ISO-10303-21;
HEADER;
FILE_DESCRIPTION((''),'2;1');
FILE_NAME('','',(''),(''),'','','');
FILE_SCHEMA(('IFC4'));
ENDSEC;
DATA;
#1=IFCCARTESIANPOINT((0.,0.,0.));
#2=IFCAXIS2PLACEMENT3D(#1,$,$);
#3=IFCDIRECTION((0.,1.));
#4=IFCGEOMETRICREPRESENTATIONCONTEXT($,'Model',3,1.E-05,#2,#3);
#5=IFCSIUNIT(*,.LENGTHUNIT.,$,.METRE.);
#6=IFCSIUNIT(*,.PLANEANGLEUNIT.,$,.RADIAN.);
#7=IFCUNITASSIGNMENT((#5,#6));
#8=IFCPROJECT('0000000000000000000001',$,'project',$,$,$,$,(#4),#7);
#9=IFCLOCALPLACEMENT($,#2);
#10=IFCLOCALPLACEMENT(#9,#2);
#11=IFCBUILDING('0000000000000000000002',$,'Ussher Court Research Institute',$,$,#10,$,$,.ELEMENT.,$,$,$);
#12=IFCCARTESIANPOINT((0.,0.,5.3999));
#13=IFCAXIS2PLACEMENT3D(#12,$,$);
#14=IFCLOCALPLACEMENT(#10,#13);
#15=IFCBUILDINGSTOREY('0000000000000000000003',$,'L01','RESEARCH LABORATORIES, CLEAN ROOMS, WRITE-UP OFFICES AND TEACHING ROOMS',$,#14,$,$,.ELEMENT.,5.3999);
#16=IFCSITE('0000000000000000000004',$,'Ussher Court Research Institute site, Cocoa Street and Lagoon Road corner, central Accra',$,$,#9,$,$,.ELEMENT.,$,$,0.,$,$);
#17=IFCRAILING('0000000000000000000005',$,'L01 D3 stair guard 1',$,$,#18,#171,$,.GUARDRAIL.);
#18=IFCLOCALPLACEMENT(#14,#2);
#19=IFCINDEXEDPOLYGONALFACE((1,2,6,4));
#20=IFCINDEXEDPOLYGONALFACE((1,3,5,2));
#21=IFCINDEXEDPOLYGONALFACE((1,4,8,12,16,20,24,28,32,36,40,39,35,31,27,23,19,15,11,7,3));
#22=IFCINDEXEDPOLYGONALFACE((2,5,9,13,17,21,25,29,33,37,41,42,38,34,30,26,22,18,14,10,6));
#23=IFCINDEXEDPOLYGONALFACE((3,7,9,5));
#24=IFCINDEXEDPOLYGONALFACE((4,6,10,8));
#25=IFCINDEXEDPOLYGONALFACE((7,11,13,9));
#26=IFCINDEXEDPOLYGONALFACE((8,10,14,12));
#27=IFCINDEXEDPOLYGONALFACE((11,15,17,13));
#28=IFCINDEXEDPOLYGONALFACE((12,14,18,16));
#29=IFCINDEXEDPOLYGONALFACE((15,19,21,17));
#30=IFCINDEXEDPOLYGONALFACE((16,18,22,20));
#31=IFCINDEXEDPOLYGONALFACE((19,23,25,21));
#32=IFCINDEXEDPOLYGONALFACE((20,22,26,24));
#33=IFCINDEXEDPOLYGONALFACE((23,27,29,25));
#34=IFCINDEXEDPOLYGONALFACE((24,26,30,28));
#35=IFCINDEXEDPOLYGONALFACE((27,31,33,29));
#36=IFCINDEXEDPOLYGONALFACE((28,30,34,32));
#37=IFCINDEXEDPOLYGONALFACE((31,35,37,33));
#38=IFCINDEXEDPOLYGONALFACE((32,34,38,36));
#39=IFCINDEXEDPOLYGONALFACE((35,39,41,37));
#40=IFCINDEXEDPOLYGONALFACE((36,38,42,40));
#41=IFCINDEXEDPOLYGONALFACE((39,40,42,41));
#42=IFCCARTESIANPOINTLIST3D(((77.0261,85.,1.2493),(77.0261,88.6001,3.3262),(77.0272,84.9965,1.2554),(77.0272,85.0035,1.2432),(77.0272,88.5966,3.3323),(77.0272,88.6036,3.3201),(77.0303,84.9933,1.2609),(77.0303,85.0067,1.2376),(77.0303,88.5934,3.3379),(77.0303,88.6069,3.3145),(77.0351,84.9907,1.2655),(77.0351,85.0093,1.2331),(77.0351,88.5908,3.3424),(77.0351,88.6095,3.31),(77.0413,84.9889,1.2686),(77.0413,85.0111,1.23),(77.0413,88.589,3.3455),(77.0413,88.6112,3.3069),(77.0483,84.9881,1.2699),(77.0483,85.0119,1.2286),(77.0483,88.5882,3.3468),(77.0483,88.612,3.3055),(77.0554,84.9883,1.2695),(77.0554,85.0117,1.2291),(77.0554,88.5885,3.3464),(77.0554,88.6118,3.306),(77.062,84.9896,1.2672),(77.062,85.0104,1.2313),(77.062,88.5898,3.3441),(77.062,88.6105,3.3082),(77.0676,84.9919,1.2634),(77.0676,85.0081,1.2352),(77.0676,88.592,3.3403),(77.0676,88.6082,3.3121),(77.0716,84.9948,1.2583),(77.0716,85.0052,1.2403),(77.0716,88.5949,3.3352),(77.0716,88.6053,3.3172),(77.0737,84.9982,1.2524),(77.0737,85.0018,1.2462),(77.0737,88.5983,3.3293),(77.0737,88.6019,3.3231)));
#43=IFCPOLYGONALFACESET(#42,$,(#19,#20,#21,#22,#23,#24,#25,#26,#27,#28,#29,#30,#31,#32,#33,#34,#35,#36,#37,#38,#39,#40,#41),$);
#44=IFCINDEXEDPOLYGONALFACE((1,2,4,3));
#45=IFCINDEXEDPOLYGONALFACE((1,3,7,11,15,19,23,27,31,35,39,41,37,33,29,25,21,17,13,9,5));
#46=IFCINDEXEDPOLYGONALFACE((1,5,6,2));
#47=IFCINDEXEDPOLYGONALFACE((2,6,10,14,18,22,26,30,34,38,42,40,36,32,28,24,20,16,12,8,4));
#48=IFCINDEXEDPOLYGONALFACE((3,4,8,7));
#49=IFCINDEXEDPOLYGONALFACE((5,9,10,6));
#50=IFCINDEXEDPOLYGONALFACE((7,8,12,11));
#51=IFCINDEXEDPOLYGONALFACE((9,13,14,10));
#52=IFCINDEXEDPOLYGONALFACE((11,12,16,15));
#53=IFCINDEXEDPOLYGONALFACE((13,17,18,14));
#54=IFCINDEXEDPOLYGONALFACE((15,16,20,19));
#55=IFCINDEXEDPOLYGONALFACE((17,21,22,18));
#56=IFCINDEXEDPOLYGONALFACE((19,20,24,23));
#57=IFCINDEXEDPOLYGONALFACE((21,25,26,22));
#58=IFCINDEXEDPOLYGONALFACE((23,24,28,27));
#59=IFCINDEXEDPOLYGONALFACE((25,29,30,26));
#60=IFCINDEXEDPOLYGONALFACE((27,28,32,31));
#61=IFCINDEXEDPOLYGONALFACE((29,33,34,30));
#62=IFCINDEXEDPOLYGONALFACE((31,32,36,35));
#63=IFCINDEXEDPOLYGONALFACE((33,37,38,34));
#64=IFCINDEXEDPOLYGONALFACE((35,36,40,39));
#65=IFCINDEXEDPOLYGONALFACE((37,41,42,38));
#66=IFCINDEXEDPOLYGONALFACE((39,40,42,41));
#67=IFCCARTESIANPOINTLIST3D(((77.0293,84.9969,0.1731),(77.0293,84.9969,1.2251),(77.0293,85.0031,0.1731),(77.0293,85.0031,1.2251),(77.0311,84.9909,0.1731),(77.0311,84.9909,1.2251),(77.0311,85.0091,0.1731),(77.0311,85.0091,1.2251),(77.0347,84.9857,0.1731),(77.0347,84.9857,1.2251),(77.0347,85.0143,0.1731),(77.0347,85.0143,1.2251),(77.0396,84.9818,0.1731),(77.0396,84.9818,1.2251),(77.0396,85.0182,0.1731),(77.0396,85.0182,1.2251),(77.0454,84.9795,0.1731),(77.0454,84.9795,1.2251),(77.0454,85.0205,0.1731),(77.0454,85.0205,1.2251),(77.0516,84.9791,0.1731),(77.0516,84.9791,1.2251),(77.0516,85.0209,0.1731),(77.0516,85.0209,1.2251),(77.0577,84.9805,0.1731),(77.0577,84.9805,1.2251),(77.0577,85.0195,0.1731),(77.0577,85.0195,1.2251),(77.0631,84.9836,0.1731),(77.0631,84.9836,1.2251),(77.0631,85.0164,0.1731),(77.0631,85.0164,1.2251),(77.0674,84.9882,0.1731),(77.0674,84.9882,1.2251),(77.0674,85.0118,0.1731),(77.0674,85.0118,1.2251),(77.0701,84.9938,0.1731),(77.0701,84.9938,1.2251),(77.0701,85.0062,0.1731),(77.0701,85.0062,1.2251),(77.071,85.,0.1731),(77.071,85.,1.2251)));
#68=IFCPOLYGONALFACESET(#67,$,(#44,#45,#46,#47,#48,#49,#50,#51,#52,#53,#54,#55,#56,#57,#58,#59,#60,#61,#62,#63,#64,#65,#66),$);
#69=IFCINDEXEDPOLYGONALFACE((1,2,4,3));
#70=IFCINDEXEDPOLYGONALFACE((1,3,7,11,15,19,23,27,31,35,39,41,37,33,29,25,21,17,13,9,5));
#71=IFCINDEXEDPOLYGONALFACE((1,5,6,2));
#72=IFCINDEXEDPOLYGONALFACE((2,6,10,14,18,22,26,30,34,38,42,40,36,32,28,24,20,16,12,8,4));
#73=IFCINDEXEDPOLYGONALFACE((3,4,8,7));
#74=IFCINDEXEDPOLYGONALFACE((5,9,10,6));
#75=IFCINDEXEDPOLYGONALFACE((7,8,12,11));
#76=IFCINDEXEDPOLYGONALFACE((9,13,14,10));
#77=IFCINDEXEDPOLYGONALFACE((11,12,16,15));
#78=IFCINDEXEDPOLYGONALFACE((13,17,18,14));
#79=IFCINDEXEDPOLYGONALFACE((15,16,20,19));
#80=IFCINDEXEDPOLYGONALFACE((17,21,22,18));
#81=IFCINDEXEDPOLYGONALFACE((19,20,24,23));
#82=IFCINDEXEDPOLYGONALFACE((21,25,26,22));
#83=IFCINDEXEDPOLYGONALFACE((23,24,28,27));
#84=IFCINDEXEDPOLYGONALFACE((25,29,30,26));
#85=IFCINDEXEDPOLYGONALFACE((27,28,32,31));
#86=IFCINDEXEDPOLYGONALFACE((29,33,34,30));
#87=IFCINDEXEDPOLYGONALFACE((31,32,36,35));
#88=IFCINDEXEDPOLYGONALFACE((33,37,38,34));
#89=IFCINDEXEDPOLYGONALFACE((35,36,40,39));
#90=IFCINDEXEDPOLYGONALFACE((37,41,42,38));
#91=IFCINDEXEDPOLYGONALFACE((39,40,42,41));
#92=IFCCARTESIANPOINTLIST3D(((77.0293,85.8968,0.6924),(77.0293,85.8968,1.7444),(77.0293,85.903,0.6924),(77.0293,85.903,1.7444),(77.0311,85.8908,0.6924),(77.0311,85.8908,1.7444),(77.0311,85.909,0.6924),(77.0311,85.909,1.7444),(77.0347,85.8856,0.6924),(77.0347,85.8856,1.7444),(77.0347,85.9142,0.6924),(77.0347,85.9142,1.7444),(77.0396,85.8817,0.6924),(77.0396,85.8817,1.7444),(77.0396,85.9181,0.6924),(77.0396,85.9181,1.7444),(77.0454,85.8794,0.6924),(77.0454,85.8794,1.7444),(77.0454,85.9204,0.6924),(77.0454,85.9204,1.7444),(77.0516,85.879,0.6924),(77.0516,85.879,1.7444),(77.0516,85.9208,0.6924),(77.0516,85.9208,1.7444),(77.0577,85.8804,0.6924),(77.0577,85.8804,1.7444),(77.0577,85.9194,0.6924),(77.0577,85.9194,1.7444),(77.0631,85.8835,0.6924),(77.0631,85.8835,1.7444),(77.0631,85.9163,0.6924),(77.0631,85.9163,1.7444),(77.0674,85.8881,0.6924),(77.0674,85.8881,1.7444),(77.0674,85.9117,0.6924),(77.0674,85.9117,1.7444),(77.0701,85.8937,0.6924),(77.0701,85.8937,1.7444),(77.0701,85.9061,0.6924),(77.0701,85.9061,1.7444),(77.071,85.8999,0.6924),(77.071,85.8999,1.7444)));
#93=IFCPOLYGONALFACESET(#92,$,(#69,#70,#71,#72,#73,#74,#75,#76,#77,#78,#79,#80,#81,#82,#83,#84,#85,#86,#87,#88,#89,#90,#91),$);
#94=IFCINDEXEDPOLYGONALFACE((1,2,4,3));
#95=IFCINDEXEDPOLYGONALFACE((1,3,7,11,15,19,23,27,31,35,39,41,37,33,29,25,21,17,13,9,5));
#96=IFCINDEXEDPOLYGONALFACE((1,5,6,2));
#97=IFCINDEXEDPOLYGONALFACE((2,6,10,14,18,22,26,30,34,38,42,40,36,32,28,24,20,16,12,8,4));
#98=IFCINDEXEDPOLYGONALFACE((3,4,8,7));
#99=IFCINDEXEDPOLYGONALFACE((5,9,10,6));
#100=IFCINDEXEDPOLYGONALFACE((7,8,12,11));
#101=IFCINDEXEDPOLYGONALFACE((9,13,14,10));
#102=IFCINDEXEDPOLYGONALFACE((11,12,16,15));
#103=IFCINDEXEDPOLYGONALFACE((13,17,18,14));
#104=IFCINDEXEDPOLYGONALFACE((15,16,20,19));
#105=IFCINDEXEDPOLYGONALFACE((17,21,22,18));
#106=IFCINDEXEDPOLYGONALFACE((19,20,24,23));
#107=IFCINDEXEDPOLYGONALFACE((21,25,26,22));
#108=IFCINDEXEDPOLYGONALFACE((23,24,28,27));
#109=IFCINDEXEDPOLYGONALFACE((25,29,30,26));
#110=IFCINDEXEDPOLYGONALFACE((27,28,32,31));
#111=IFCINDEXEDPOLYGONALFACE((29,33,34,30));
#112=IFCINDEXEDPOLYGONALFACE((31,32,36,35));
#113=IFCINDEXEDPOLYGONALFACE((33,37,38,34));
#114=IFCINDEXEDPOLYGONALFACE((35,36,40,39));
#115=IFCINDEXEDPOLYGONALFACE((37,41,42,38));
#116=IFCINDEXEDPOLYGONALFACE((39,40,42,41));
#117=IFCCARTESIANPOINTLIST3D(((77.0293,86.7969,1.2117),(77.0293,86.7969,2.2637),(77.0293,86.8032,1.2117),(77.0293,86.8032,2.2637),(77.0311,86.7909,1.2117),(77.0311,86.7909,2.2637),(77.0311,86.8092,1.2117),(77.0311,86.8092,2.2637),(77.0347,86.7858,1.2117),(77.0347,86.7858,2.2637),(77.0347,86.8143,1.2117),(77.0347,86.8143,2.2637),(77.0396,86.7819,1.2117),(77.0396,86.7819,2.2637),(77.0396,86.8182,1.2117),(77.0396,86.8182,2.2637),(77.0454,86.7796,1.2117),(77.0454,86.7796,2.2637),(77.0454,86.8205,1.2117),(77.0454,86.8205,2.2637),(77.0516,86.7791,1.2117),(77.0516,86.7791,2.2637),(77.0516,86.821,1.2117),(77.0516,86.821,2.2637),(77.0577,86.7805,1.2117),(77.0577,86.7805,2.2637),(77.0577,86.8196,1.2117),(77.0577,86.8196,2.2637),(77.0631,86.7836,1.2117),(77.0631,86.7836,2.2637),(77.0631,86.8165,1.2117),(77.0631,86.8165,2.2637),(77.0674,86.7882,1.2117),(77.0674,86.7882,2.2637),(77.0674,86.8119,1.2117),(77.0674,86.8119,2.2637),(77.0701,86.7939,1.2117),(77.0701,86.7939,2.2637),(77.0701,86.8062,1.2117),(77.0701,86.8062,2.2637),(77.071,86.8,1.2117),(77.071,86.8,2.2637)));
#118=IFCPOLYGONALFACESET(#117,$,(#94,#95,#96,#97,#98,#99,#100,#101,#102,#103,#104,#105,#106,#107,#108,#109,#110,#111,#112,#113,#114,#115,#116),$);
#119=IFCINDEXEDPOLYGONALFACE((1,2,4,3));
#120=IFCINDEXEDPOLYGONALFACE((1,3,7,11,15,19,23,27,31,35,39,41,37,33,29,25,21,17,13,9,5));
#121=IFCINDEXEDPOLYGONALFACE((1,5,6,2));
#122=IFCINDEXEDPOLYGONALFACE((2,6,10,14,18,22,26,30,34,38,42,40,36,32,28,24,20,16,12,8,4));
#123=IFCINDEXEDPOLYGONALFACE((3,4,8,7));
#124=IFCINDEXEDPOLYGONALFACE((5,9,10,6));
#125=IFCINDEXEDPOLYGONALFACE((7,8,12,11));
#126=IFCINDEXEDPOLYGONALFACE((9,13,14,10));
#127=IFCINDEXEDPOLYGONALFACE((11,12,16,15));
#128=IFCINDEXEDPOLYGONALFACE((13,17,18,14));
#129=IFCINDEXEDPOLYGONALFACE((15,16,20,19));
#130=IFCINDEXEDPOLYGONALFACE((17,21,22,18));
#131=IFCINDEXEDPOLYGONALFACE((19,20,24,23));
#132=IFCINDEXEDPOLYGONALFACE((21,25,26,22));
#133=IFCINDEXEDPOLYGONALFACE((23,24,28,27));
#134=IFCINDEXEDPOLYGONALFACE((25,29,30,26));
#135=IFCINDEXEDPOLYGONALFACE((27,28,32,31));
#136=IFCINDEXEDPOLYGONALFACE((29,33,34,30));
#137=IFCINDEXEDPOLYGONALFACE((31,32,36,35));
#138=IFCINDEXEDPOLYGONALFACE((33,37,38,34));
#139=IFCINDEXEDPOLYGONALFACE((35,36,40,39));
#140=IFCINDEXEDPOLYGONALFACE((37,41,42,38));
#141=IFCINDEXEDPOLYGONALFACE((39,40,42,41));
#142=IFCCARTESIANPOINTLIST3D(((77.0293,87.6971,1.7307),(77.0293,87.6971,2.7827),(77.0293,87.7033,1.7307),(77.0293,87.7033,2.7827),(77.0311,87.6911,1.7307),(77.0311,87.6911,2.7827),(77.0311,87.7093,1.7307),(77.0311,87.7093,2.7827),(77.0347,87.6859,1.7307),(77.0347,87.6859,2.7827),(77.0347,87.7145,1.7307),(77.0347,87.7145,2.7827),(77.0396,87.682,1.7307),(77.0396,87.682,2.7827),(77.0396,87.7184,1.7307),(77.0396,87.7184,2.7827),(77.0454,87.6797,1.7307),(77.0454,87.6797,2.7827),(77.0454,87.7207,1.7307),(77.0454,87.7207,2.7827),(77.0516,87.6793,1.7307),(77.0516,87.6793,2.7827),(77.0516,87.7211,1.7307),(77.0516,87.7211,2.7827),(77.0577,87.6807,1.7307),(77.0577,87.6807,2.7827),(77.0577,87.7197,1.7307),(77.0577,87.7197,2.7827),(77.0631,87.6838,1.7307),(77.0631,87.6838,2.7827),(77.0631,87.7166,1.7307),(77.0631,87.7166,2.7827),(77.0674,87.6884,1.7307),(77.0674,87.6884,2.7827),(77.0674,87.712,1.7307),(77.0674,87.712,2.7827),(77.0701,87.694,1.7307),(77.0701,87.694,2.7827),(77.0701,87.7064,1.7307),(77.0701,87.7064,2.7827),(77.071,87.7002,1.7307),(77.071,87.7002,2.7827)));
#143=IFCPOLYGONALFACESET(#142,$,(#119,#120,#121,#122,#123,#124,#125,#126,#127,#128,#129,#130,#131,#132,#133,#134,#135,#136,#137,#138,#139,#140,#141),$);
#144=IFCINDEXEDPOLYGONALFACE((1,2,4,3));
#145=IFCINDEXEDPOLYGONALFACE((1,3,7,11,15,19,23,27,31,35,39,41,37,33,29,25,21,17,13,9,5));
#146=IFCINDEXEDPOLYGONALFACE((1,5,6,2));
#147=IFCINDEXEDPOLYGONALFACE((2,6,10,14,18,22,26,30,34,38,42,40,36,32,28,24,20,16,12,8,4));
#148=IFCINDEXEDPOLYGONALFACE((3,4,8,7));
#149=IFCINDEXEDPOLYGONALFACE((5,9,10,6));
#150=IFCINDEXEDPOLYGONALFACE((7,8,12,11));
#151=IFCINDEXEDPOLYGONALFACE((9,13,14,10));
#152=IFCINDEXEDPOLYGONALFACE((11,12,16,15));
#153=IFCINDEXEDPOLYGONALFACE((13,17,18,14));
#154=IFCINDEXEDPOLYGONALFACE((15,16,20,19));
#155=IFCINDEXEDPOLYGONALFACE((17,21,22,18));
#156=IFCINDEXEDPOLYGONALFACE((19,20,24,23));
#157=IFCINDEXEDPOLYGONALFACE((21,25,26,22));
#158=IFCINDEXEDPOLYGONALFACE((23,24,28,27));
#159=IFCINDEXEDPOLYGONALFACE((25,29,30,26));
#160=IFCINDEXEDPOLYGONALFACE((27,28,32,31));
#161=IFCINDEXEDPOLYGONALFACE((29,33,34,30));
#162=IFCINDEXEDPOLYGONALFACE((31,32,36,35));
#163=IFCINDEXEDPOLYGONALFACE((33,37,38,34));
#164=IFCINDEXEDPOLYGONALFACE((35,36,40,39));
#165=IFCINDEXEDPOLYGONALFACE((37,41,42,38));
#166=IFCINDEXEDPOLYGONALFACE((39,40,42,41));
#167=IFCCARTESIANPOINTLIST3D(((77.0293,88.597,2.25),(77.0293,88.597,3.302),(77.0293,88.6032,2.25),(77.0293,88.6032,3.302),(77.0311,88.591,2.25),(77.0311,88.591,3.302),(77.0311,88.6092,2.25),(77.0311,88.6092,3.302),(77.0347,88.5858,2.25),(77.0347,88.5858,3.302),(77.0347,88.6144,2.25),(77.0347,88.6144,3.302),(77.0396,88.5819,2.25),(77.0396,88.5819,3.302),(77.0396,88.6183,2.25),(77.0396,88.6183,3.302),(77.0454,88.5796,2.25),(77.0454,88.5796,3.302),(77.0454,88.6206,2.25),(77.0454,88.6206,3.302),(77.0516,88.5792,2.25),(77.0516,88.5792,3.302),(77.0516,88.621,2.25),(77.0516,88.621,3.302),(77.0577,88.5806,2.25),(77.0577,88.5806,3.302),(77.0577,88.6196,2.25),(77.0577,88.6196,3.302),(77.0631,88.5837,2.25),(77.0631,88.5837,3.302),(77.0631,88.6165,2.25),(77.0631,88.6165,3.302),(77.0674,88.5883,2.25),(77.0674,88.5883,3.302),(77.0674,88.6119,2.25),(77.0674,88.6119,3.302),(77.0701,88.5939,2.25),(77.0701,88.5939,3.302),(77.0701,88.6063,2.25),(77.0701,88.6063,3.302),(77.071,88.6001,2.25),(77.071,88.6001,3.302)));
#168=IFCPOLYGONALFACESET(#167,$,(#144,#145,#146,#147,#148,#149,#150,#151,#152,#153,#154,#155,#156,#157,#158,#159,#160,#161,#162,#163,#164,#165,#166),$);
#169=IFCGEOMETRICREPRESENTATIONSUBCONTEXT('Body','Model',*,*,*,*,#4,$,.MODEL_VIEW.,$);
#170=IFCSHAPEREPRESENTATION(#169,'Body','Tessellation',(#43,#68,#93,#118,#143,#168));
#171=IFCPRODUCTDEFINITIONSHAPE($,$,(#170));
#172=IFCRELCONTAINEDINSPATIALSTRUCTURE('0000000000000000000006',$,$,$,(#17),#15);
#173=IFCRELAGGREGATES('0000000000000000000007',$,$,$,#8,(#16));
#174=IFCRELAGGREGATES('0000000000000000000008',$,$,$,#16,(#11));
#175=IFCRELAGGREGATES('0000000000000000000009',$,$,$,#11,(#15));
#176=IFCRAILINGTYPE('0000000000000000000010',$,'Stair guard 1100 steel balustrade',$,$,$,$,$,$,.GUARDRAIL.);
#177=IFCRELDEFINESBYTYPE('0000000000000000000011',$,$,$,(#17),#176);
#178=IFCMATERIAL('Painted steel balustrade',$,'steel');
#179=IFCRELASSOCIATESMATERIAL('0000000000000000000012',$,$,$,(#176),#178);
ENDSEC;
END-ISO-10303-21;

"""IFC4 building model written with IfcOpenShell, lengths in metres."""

from ifc_helpers import new_model, si_unit, direction, frame, origin, origin_2d, place, context, subcontext, project, spatial, circle, extrude, material, type_object, element, save


model = new_model("IFC4")

# Units and contexts
model_context = context("Model", 3, precision=1e-05, world=origin(), true_north=direction((0.0, 1.0)))
body_context = subcontext(model_context, "Body", "Model", "MODEL_VIEW")
ifc_project = project(units=[si_unit("LENGTHUNIT", "METRE"), si_unit("PLANEANGLEUNIT", "RADIAN")], contexts=[model_context])

# Site, building, storey
site_placement = place(None, origin())
site = spatial("IfcSite", under=ifc_project, at=site_placement, Name="Ussher Court Research Institute site, Cocoa Street and Lagoon Road corner, central Accra", CompositionType="ELEMENT", RefElevation=0.0)
building_placement = place(site_placement, origin())
building = spatial("IfcBuilding", under=site, at=building_placement, Name="Ussher Court Research Institute", CompositionType="ELEMENT")
storey_placement = place(building_placement, frame((0.0, 0.0, 5.3999)))
storey = spatial("IfcBuildingStorey", under=building, at=storey_placement, Name="L01", Description="RESEARCH LABORATORIES, CLEAN ROOMS, WRITE-UP OFFICES AND TEACHING ROOMS", CompositionType="ELEMENT", Elevation=5.3999)

# Railing
ifc_material_1 = material(Name="Painted steel balustrade", Category="steel")
railing_type_1 = type_object("IfcRailingType", Name="Stair guard 1100 steel balustrade", PredefinedType="GUARDRAIL", material=ifc_material_1)
railing_1_placement = place(storey_placement, frame((77.05, 85.0, 0.1731)))
element("IfcRailing", 1, at=railing_1_placement, inside=storey, type_object=railing_type_1, Name="L01 D3 stair guard 1", PredefinedType="GUARDRAIL", context=body_context, shape_type="SweptSolid", body=[
    extrude(circle(Radius=0.0239, at=origin_2d()), frame((0.0, 0.0, 1.0762), z_axis=(0.0, 0.866193, 0.499709), x_axis=(-1.0, 0.0, 0.0)), (0.0, 0.0, 1.0), 4.1562),
    extrude(circle(Radius=0.021, at=origin_2d()), origin(), (0.0, 0.0, 1.0), 1.052),
    extrude(circle(Radius=0.021, at=origin_2d()), frame((0.0, 0.8999, 0.5193)), (0.0, 0.0, 1.0), 1.052),
    extrude(circle(Radius=0.021, at=origin_2d()), frame((0.0, 1.8, 1.0386)), (0.0, 0.0, 1.0), 1.052),
    extrude(circle(Radius=0.021, at=origin_2d()), frame((0.0, 2.7002, 1.5576)), (0.0, 0.0, 1.0), 1.052),
    extrude(circle(Radius=0.021, at=origin_2d()), frame((0.0, 3.6001, 2.0769)), (0.0, 0.0, 1.0), 1.052),
])

save(model, "model.ifc")
